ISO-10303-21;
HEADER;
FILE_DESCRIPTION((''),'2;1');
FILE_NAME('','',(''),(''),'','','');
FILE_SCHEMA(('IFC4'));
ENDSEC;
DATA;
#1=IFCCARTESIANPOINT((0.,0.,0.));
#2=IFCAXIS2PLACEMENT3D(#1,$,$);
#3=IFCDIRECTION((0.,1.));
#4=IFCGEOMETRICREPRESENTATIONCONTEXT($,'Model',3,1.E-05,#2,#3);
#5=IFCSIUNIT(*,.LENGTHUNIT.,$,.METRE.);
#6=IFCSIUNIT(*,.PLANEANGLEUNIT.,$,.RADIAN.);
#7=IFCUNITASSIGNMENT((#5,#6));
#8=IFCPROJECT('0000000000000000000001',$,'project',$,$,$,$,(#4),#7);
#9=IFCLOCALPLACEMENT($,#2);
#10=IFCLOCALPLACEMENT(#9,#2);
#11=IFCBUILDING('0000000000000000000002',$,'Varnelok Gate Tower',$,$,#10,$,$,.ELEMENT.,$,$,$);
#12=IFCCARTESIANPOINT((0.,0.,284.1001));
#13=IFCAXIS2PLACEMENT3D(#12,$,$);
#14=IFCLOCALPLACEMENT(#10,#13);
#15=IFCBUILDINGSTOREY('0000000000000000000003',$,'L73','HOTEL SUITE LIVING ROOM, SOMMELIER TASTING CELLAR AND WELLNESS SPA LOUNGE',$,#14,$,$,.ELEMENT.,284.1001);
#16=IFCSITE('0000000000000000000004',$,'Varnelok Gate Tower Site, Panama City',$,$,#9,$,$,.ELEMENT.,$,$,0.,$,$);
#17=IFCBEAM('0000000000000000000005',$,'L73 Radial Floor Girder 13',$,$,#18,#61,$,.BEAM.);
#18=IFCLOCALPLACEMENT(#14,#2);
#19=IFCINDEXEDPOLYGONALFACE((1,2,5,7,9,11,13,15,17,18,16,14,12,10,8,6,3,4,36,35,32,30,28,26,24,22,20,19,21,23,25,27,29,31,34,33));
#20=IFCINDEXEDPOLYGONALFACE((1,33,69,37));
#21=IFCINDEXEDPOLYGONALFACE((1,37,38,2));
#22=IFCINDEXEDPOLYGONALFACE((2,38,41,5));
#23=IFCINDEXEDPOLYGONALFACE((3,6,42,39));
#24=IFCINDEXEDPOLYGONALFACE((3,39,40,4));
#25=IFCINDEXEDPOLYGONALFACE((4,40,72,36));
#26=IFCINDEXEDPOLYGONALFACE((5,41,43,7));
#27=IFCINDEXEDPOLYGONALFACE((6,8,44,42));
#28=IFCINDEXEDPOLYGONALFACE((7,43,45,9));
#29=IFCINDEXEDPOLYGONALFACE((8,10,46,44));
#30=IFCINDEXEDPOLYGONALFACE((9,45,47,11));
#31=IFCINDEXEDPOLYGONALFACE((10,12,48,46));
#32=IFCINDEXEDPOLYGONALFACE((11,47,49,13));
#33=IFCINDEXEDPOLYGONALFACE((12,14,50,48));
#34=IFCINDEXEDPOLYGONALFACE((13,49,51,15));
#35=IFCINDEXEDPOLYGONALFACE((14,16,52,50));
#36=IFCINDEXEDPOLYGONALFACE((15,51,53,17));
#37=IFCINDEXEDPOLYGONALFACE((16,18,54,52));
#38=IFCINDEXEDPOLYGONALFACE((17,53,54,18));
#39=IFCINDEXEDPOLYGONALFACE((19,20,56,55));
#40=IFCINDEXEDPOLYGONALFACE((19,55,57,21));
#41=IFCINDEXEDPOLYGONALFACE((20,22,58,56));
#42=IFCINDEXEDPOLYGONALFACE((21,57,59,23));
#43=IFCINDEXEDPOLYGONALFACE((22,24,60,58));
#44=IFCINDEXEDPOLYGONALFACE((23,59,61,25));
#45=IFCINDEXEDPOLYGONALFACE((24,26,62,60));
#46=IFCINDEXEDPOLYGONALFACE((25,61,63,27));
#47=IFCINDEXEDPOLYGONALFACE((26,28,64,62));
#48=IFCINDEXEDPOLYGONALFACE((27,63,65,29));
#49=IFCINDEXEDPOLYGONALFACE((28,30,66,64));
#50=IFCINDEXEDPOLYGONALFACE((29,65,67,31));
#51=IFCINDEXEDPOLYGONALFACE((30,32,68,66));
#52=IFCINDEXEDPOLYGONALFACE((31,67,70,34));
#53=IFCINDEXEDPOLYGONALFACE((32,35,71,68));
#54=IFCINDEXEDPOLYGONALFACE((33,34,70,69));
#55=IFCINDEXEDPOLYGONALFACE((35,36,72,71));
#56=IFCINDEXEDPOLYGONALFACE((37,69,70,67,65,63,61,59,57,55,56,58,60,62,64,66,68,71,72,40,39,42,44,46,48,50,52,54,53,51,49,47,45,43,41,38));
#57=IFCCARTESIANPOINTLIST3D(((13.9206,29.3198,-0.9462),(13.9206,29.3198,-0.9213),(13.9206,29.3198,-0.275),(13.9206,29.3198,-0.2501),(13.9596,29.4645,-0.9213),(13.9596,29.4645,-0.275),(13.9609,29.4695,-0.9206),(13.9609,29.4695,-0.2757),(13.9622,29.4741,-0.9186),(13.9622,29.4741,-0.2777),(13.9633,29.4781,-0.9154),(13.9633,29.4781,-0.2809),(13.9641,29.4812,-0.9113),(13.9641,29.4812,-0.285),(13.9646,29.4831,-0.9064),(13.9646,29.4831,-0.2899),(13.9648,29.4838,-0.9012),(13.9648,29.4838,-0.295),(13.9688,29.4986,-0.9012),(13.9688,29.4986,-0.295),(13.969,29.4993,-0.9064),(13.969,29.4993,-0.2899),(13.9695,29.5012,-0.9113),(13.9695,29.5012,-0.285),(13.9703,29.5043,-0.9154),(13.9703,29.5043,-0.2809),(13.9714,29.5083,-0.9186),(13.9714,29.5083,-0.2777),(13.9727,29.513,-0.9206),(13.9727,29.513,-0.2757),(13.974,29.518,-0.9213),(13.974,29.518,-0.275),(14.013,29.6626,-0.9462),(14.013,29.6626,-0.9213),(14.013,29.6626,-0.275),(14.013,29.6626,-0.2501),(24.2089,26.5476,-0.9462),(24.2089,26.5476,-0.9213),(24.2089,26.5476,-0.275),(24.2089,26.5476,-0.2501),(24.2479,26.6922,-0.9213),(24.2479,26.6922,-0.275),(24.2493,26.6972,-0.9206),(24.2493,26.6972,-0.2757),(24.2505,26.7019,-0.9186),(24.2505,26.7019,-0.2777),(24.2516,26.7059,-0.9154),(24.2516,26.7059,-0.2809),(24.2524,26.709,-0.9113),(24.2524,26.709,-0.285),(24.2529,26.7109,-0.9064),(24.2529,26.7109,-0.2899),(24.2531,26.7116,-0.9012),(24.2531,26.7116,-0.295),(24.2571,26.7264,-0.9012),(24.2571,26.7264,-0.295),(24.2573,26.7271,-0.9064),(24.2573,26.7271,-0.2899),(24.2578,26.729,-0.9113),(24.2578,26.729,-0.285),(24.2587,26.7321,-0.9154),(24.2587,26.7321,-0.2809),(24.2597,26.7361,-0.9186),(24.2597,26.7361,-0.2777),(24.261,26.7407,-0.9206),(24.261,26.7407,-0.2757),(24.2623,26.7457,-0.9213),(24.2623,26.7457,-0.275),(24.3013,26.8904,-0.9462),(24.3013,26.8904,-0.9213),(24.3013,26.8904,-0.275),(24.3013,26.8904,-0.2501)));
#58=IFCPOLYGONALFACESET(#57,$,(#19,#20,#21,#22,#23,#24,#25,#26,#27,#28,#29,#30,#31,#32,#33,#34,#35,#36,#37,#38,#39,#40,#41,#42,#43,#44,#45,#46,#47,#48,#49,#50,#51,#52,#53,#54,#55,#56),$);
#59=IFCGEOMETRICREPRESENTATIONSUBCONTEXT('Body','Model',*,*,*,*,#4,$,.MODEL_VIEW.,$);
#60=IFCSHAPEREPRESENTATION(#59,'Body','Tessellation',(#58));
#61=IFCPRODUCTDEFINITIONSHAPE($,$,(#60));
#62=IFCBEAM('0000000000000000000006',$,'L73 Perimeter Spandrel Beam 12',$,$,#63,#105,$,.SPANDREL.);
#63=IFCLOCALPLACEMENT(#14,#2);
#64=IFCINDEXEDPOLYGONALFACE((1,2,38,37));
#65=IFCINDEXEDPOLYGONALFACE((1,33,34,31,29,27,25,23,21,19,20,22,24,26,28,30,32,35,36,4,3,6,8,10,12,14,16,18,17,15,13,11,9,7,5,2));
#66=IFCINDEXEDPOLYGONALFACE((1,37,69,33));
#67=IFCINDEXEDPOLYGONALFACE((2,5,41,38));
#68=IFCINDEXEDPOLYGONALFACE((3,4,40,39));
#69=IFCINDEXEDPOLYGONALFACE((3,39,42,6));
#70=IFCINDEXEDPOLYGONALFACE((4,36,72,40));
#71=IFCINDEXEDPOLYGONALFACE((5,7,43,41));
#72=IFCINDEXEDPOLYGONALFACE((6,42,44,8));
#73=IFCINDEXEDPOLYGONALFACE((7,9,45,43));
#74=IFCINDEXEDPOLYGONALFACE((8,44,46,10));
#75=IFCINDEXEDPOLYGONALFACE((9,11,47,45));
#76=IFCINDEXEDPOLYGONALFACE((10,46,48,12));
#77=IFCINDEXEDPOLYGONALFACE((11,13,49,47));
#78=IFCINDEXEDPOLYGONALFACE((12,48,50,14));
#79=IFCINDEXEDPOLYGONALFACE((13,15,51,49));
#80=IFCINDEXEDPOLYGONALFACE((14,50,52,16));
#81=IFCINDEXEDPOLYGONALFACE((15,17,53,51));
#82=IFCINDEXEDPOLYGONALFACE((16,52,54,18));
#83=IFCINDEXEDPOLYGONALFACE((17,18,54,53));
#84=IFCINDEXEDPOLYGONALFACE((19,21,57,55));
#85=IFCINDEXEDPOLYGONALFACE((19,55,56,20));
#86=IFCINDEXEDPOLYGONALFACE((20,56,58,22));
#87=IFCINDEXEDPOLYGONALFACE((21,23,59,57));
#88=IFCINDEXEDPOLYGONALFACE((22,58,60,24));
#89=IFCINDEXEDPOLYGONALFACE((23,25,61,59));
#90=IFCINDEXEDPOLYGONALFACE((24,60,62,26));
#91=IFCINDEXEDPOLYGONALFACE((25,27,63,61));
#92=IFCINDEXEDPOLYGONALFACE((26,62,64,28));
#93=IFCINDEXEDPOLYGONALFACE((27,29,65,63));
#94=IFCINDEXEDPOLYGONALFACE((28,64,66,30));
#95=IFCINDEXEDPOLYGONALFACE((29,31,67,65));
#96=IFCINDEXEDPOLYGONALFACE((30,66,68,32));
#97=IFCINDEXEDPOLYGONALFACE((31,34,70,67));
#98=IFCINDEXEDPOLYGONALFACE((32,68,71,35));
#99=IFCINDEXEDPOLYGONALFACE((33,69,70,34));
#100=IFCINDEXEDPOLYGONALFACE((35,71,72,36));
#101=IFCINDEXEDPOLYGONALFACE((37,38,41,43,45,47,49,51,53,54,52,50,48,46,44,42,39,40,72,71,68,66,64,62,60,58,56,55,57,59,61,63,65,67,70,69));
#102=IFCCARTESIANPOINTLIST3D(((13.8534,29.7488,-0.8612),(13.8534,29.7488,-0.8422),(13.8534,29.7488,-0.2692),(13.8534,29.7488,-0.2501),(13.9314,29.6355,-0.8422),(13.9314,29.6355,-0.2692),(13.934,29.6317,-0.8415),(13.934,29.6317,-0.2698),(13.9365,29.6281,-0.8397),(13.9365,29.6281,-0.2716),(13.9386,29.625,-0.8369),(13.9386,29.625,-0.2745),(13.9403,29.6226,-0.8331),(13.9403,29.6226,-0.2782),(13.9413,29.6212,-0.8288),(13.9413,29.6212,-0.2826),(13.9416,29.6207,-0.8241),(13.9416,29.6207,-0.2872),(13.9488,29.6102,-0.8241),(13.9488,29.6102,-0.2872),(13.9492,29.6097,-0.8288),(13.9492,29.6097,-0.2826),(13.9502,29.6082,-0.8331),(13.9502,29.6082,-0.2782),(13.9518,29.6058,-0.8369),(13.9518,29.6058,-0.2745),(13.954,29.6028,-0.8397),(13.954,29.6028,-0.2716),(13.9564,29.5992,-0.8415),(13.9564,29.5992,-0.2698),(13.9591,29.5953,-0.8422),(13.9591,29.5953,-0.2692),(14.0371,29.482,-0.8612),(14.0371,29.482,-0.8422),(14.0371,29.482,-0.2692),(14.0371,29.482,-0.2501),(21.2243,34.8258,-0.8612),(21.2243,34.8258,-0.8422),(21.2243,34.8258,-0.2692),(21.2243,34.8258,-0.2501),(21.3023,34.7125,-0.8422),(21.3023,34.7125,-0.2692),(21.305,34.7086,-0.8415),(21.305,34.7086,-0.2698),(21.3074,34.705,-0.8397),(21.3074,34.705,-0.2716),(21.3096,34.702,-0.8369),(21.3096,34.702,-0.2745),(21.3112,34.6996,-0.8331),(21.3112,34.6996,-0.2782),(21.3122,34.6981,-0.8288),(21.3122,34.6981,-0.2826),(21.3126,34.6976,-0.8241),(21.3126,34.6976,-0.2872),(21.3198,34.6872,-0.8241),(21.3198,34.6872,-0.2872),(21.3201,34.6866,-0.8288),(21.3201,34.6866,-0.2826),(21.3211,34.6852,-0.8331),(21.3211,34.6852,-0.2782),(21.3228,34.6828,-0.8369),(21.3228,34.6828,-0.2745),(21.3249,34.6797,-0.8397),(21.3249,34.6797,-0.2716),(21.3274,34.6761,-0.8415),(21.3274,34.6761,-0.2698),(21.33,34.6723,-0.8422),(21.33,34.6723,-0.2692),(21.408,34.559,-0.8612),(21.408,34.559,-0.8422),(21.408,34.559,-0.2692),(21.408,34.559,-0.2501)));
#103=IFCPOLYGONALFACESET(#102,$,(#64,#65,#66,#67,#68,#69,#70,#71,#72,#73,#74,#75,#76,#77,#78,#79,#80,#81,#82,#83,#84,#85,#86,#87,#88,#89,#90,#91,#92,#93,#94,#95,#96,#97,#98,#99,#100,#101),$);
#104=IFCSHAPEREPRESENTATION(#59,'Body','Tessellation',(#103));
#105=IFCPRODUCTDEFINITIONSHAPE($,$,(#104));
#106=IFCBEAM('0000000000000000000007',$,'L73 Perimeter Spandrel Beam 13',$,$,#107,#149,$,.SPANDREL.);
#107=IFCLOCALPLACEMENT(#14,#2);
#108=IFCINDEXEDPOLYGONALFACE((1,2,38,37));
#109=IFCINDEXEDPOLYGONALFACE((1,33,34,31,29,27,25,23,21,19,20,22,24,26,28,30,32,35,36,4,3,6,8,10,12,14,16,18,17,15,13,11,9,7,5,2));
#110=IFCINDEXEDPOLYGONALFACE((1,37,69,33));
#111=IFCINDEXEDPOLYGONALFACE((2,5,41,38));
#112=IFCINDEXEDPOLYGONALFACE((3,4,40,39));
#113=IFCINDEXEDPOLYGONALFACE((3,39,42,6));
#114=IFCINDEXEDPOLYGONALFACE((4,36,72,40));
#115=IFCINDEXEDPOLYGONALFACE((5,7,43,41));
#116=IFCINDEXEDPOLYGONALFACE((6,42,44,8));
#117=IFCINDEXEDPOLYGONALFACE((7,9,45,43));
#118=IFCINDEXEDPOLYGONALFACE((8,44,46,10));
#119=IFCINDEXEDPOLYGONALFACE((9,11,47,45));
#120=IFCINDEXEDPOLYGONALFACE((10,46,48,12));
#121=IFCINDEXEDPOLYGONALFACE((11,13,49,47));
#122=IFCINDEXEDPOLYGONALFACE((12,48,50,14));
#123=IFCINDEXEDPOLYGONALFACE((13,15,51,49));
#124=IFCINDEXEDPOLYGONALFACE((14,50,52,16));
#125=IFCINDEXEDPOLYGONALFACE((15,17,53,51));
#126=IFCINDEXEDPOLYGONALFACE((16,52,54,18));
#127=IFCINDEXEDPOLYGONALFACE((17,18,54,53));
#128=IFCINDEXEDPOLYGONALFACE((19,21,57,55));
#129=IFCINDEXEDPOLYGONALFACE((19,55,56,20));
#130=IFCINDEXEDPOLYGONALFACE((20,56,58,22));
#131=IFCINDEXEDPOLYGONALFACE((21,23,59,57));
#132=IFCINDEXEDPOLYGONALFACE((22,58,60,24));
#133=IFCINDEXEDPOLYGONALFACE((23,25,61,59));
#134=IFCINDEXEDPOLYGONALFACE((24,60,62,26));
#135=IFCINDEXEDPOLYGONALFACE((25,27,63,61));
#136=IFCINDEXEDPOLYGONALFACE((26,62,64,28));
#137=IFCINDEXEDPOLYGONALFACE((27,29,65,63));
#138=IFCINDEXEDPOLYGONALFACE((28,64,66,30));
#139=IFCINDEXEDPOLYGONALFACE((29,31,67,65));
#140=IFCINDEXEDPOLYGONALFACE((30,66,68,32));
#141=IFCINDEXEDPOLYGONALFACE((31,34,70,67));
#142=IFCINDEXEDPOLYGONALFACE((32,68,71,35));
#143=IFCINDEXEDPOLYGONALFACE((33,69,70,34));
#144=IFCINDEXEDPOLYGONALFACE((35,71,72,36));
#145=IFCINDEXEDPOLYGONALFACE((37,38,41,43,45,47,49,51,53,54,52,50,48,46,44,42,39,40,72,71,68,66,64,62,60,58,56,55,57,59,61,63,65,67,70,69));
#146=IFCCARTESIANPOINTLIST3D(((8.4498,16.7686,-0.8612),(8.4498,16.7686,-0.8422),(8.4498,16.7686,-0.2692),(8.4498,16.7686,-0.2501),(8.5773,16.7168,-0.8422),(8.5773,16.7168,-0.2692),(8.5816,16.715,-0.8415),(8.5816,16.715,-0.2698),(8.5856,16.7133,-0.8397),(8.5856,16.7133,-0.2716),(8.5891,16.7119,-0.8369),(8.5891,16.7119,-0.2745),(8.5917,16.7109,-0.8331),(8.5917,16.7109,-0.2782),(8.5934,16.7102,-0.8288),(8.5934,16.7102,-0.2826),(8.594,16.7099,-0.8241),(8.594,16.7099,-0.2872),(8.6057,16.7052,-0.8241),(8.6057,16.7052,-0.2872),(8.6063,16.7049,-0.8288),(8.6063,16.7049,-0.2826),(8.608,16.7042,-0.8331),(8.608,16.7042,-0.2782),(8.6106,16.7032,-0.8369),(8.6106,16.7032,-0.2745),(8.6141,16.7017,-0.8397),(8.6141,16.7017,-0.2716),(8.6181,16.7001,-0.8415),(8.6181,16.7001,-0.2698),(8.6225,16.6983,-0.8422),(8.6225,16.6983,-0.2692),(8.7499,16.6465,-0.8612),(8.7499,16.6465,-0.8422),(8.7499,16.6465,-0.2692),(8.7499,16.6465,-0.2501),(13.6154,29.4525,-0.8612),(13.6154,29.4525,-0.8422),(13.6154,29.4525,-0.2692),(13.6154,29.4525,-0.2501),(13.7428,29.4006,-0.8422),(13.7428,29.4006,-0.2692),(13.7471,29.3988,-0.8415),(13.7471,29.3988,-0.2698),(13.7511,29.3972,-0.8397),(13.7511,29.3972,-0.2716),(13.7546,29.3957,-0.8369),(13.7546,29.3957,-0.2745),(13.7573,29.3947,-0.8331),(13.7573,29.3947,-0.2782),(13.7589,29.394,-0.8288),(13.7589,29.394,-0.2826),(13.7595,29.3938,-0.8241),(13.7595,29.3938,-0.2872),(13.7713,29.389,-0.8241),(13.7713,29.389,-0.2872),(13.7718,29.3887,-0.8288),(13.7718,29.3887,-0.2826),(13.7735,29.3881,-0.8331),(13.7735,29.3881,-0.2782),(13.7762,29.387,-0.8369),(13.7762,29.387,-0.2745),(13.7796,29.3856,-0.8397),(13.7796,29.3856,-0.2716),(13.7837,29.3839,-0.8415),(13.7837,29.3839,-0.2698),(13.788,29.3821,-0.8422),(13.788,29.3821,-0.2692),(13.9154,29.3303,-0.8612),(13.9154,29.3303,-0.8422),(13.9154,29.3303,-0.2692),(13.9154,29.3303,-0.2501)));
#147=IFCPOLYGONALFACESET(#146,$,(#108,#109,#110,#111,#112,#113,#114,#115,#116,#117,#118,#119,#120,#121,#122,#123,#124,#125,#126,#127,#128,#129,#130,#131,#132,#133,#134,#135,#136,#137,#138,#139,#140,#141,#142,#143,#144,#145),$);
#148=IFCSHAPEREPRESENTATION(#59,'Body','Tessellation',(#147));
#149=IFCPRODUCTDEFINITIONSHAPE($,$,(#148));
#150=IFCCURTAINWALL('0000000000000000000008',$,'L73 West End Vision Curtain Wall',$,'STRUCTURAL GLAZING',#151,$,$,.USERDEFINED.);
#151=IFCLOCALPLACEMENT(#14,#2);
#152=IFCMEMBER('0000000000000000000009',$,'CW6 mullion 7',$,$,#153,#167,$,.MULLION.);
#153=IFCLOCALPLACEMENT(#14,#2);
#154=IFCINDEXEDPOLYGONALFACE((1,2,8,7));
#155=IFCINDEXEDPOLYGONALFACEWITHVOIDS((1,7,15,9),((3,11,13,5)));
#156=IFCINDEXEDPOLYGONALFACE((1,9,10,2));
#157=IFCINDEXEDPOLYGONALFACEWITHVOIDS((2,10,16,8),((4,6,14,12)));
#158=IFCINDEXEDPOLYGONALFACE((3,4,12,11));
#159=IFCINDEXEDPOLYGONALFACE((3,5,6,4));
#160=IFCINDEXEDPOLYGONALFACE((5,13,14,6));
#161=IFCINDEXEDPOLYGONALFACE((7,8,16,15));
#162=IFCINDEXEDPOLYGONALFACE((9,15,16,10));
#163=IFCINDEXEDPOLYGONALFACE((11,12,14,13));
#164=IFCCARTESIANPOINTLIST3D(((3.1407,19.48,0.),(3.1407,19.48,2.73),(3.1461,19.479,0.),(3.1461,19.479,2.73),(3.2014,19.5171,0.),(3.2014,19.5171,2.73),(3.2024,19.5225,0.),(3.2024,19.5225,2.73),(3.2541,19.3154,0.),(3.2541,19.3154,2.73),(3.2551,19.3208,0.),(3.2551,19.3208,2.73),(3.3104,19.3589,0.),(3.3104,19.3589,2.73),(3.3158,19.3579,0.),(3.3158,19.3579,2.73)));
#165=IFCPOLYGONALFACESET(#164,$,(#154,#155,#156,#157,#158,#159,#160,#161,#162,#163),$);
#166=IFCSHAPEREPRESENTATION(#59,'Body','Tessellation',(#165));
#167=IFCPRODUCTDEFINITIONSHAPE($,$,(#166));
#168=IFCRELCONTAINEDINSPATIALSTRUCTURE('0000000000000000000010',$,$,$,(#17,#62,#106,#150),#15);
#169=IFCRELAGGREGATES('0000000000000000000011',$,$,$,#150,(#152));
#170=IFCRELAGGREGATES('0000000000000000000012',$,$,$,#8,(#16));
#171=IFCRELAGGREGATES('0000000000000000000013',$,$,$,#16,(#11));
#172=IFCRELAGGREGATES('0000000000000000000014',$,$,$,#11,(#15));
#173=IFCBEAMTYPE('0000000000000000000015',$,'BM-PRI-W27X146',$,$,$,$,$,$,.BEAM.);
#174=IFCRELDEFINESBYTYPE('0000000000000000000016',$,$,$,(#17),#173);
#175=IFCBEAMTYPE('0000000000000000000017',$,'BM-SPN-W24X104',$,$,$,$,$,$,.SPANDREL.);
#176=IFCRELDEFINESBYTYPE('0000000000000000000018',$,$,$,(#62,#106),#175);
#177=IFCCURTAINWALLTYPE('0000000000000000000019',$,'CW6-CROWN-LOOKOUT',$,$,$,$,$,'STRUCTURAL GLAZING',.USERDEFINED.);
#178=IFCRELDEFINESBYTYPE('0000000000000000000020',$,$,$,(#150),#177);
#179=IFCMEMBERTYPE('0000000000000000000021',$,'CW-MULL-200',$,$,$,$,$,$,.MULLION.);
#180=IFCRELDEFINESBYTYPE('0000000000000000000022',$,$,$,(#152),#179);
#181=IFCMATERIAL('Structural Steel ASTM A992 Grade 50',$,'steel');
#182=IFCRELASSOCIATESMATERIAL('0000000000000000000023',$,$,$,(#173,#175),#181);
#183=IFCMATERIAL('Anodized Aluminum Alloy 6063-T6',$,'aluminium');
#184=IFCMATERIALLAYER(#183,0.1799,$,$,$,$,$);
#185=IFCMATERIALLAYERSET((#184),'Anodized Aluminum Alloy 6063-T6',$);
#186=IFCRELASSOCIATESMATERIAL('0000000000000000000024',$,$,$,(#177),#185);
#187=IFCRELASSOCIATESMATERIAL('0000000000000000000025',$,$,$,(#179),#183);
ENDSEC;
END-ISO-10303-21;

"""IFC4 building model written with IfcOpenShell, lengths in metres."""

from ifc_helpers import new_model, si_unit, direction, frame, origin, origin_2d, place, context, subcontext, project, spatial, hollow_rectangle, i_section, extrude, material, layer, layer_set, material_profile, profile_set, type_object, element, aggregate, save


model = new_model("IFC4")

# Units and contexts
model_context = context("Model", 3, precision=1e-05, world=origin(), true_north=direction((0.0, 1.0)))
body_context = subcontext(model_context, "Body", "Model", "MODEL_VIEW")
ifc_project = project(units=[si_unit("LENGTHUNIT", "METRE"), si_unit("PLANEANGLEUNIT", "RADIAN")], contexts=[model_context])

# Site, building, storey
site_placement = place(None, origin())
site = spatial("IfcSite", under=ifc_project, at=site_placement, Name="Varnelok Gate Tower Site, Panama City", CompositionType="ELEMENT", RefElevation=0.0)
building_placement = place(site_placement, origin())
building = spatial("IfcBuilding", under=site, at=building_placement, Name="Varnelok Gate Tower", CompositionType="ELEMENT")
storey_placement = place(building_placement, frame((0.0, 0.0, 284.1001)))
storey = spatial("IfcBuildingStorey", under=building, at=storey_placement, Name="L73", Description="HOTEL SUITE LIVING ROOM, SOMMELIER TASTING CELLAR AND WELLNESS SPA LOUNGE", CompositionType="ELEMENT", Elevation=284.1001)

# Shared definitions
ifc_material_1 = material(Name="Structural Steel ASTM A992 Grade 50", Category="steel")

# Beams
ifc_material_profile_1 = material_profile(ifc_material_1, i_section(OverallWidth=0.355, OverallDepth=0.696, WebThickness=0.0154, FlangeThickness=0.0249, FilletRadius=0.02, at=origin_2d()), Name="W27X146")
ifc_profile_set_1 = profile_set([ifc_material_profile_1], Name="Structural Steel ASTM A992 Grade 50")
beam_type_1 = type_object("IfcBeamType", Name="BM-PRI-W27X146", PredefinedType="BEAM", material=ifc_profile_set_1)
beam_1_placement = place(storey_placement, frame((24.2551, 26.719, -0.5981), z_axis=(-0.965562, 0.260173, 0.0), x_axis=(-0.260173, -0.965562, 0.0)))
element("IfcBeam", 1, at=beam_1_placement, inside=storey, type_object=beam_type_1, Name="L73 Radial Floor Girder 13", PredefinedType="BEAM", context=body_context, shape_type="SweptSolid", body=[
    extrude(i_section(OverallWidth=0.355, OverallDepth=0.696, WebThickness=0.0154, FlangeThickness=0.0249, FilletRadius=0.02, at=origin_2d()), origin(), (0.0, 0.0, 1.0), 10.6553),
])
ifc_material_profile_2 = material_profile(ifc_material_1, i_section(OverallWidth=0.324, OverallDepth=0.6111, WebThickness=0.0127, FlangeThickness=0.019, FilletRadius=0.0181, at=origin_2d()), Name="W24X104")
ifc_profile_set_2 = profile_set([ifc_material_profile_2], Name="Structural Steel ASTM A992 Grade 50")
beam_type_2 = type_object("IfcBeamType", Name="BM-SPN-W24X104", PredefinedType="SPANDREL", material=ifc_profile_set_2)
beam_2_placement = place(storey_placement, frame((21.3162, 34.6924, -0.5557), z_axis=(-0.823549, -0.567245, 0.0), x_axis=(0.567245, -0.823549, 0.0)))
element("IfcBeam", 2, at=beam_2_placement, inside=storey, type_object=beam_type_2, Name="L73 Perimeter Spandrel Beam 12", PredefinedType="SPANDREL", context=body_context, shape_type="SweptSolid", body=[
    extrude(i_section(OverallWidth=0.324, OverallDepth=0.6111, WebThickness=0.0127, FlangeThickness=0.019, FilletRadius=0.0181, at=origin_2d()), origin(), (0.0, 0.0, 1.0), 8.9502),
])
beam_3_placement = place(storey_placement, frame((13.7654, 29.3914, -0.5557), z_axis=(-0.377174, -0.926142, 0.0), x_axis=(0.926142, -0.377174, 0.0)))
element("IfcBeam", 3, at=beam_3_placement, inside=storey, type_object=beam_type_2, Name="L73 Perimeter Spandrel Beam 13", PredefinedType="SPANDREL", context=body_context, shape_type="SweptSolid", body=[
    extrude(i_section(OverallWidth=0.324, OverallDepth=0.6111, WebThickness=0.0127, FlangeThickness=0.019, FilletRadius=0.0181, at=origin_2d()), origin(), (0.0, 0.0, 1.0), 13.6953),
])

# Curtain wall, member
ifc_material_2 = material(Name="Anodized Aluminum Alloy 6063-T6", Category="aluminium")
ifc_layer_1 = layer(ifc_material_2, 0.1799)
ifc_layer_set_1 = layer_set([ifc_layer_1], Name="Anodized Aluminum Alloy 6063-T6")
curtain_wall_type = type_object("IfcCurtainWallType", Name="CW6-CROWN-LOOKOUT", ElementType="STRUCTURAL GLAZING", PredefinedType="USERDEFINED", material=ifc_layer_set_1)
curtain_wall_placement = place(storey_placement, origin())
curtain_wall = element("IfcCurtainWall", 4, at=curtain_wall_placement, inside=storey, type_object=curtain_wall_type, Name="L73 West End Vision Curtain Wall", ObjectType="STRUCTURAL GLAZING", PredefinedType="USERDEFINED")
ifc_material_profile_3 = material_profile(ifc_material_2, hollow_rectangle(XDim=0.075, YDim=0.2, WallThickness=0.0039, at=origin_2d()), Name="ALU200X75X4")
ifc_profile_set_3 = profile_set([ifc_material_profile_3], Name="Anodized Aluminum Alloy 6063-T6")
member_type = type_object("IfcMemberType", Name="CW-MULL-200", PredefinedType="MULLION", material=ifc_profile_set_3)
member_placement = place(storey_placement, frame((3.2283, 19.4189, 0.0), z_axis=(0.0, 0.0, 1.0), x_axis=(-0.823532, -0.567269, 0.0)))
member = element("IfcMember", 5, at=member_placement, type_object=member_type, Name="CW6 mullion 7", PredefinedType="MULLION", context=body_context, shape_type="SweptSolid", body=[
    extrude(hollow_rectangle(XDim=0.075, YDim=0.2, WallThickness=0.0039, at=origin_2d()), origin(), (0.0, 0.0, 1.0), 2.73),
])
aggregate(curtain_wall, [member])

save(model, "model.ifc")
